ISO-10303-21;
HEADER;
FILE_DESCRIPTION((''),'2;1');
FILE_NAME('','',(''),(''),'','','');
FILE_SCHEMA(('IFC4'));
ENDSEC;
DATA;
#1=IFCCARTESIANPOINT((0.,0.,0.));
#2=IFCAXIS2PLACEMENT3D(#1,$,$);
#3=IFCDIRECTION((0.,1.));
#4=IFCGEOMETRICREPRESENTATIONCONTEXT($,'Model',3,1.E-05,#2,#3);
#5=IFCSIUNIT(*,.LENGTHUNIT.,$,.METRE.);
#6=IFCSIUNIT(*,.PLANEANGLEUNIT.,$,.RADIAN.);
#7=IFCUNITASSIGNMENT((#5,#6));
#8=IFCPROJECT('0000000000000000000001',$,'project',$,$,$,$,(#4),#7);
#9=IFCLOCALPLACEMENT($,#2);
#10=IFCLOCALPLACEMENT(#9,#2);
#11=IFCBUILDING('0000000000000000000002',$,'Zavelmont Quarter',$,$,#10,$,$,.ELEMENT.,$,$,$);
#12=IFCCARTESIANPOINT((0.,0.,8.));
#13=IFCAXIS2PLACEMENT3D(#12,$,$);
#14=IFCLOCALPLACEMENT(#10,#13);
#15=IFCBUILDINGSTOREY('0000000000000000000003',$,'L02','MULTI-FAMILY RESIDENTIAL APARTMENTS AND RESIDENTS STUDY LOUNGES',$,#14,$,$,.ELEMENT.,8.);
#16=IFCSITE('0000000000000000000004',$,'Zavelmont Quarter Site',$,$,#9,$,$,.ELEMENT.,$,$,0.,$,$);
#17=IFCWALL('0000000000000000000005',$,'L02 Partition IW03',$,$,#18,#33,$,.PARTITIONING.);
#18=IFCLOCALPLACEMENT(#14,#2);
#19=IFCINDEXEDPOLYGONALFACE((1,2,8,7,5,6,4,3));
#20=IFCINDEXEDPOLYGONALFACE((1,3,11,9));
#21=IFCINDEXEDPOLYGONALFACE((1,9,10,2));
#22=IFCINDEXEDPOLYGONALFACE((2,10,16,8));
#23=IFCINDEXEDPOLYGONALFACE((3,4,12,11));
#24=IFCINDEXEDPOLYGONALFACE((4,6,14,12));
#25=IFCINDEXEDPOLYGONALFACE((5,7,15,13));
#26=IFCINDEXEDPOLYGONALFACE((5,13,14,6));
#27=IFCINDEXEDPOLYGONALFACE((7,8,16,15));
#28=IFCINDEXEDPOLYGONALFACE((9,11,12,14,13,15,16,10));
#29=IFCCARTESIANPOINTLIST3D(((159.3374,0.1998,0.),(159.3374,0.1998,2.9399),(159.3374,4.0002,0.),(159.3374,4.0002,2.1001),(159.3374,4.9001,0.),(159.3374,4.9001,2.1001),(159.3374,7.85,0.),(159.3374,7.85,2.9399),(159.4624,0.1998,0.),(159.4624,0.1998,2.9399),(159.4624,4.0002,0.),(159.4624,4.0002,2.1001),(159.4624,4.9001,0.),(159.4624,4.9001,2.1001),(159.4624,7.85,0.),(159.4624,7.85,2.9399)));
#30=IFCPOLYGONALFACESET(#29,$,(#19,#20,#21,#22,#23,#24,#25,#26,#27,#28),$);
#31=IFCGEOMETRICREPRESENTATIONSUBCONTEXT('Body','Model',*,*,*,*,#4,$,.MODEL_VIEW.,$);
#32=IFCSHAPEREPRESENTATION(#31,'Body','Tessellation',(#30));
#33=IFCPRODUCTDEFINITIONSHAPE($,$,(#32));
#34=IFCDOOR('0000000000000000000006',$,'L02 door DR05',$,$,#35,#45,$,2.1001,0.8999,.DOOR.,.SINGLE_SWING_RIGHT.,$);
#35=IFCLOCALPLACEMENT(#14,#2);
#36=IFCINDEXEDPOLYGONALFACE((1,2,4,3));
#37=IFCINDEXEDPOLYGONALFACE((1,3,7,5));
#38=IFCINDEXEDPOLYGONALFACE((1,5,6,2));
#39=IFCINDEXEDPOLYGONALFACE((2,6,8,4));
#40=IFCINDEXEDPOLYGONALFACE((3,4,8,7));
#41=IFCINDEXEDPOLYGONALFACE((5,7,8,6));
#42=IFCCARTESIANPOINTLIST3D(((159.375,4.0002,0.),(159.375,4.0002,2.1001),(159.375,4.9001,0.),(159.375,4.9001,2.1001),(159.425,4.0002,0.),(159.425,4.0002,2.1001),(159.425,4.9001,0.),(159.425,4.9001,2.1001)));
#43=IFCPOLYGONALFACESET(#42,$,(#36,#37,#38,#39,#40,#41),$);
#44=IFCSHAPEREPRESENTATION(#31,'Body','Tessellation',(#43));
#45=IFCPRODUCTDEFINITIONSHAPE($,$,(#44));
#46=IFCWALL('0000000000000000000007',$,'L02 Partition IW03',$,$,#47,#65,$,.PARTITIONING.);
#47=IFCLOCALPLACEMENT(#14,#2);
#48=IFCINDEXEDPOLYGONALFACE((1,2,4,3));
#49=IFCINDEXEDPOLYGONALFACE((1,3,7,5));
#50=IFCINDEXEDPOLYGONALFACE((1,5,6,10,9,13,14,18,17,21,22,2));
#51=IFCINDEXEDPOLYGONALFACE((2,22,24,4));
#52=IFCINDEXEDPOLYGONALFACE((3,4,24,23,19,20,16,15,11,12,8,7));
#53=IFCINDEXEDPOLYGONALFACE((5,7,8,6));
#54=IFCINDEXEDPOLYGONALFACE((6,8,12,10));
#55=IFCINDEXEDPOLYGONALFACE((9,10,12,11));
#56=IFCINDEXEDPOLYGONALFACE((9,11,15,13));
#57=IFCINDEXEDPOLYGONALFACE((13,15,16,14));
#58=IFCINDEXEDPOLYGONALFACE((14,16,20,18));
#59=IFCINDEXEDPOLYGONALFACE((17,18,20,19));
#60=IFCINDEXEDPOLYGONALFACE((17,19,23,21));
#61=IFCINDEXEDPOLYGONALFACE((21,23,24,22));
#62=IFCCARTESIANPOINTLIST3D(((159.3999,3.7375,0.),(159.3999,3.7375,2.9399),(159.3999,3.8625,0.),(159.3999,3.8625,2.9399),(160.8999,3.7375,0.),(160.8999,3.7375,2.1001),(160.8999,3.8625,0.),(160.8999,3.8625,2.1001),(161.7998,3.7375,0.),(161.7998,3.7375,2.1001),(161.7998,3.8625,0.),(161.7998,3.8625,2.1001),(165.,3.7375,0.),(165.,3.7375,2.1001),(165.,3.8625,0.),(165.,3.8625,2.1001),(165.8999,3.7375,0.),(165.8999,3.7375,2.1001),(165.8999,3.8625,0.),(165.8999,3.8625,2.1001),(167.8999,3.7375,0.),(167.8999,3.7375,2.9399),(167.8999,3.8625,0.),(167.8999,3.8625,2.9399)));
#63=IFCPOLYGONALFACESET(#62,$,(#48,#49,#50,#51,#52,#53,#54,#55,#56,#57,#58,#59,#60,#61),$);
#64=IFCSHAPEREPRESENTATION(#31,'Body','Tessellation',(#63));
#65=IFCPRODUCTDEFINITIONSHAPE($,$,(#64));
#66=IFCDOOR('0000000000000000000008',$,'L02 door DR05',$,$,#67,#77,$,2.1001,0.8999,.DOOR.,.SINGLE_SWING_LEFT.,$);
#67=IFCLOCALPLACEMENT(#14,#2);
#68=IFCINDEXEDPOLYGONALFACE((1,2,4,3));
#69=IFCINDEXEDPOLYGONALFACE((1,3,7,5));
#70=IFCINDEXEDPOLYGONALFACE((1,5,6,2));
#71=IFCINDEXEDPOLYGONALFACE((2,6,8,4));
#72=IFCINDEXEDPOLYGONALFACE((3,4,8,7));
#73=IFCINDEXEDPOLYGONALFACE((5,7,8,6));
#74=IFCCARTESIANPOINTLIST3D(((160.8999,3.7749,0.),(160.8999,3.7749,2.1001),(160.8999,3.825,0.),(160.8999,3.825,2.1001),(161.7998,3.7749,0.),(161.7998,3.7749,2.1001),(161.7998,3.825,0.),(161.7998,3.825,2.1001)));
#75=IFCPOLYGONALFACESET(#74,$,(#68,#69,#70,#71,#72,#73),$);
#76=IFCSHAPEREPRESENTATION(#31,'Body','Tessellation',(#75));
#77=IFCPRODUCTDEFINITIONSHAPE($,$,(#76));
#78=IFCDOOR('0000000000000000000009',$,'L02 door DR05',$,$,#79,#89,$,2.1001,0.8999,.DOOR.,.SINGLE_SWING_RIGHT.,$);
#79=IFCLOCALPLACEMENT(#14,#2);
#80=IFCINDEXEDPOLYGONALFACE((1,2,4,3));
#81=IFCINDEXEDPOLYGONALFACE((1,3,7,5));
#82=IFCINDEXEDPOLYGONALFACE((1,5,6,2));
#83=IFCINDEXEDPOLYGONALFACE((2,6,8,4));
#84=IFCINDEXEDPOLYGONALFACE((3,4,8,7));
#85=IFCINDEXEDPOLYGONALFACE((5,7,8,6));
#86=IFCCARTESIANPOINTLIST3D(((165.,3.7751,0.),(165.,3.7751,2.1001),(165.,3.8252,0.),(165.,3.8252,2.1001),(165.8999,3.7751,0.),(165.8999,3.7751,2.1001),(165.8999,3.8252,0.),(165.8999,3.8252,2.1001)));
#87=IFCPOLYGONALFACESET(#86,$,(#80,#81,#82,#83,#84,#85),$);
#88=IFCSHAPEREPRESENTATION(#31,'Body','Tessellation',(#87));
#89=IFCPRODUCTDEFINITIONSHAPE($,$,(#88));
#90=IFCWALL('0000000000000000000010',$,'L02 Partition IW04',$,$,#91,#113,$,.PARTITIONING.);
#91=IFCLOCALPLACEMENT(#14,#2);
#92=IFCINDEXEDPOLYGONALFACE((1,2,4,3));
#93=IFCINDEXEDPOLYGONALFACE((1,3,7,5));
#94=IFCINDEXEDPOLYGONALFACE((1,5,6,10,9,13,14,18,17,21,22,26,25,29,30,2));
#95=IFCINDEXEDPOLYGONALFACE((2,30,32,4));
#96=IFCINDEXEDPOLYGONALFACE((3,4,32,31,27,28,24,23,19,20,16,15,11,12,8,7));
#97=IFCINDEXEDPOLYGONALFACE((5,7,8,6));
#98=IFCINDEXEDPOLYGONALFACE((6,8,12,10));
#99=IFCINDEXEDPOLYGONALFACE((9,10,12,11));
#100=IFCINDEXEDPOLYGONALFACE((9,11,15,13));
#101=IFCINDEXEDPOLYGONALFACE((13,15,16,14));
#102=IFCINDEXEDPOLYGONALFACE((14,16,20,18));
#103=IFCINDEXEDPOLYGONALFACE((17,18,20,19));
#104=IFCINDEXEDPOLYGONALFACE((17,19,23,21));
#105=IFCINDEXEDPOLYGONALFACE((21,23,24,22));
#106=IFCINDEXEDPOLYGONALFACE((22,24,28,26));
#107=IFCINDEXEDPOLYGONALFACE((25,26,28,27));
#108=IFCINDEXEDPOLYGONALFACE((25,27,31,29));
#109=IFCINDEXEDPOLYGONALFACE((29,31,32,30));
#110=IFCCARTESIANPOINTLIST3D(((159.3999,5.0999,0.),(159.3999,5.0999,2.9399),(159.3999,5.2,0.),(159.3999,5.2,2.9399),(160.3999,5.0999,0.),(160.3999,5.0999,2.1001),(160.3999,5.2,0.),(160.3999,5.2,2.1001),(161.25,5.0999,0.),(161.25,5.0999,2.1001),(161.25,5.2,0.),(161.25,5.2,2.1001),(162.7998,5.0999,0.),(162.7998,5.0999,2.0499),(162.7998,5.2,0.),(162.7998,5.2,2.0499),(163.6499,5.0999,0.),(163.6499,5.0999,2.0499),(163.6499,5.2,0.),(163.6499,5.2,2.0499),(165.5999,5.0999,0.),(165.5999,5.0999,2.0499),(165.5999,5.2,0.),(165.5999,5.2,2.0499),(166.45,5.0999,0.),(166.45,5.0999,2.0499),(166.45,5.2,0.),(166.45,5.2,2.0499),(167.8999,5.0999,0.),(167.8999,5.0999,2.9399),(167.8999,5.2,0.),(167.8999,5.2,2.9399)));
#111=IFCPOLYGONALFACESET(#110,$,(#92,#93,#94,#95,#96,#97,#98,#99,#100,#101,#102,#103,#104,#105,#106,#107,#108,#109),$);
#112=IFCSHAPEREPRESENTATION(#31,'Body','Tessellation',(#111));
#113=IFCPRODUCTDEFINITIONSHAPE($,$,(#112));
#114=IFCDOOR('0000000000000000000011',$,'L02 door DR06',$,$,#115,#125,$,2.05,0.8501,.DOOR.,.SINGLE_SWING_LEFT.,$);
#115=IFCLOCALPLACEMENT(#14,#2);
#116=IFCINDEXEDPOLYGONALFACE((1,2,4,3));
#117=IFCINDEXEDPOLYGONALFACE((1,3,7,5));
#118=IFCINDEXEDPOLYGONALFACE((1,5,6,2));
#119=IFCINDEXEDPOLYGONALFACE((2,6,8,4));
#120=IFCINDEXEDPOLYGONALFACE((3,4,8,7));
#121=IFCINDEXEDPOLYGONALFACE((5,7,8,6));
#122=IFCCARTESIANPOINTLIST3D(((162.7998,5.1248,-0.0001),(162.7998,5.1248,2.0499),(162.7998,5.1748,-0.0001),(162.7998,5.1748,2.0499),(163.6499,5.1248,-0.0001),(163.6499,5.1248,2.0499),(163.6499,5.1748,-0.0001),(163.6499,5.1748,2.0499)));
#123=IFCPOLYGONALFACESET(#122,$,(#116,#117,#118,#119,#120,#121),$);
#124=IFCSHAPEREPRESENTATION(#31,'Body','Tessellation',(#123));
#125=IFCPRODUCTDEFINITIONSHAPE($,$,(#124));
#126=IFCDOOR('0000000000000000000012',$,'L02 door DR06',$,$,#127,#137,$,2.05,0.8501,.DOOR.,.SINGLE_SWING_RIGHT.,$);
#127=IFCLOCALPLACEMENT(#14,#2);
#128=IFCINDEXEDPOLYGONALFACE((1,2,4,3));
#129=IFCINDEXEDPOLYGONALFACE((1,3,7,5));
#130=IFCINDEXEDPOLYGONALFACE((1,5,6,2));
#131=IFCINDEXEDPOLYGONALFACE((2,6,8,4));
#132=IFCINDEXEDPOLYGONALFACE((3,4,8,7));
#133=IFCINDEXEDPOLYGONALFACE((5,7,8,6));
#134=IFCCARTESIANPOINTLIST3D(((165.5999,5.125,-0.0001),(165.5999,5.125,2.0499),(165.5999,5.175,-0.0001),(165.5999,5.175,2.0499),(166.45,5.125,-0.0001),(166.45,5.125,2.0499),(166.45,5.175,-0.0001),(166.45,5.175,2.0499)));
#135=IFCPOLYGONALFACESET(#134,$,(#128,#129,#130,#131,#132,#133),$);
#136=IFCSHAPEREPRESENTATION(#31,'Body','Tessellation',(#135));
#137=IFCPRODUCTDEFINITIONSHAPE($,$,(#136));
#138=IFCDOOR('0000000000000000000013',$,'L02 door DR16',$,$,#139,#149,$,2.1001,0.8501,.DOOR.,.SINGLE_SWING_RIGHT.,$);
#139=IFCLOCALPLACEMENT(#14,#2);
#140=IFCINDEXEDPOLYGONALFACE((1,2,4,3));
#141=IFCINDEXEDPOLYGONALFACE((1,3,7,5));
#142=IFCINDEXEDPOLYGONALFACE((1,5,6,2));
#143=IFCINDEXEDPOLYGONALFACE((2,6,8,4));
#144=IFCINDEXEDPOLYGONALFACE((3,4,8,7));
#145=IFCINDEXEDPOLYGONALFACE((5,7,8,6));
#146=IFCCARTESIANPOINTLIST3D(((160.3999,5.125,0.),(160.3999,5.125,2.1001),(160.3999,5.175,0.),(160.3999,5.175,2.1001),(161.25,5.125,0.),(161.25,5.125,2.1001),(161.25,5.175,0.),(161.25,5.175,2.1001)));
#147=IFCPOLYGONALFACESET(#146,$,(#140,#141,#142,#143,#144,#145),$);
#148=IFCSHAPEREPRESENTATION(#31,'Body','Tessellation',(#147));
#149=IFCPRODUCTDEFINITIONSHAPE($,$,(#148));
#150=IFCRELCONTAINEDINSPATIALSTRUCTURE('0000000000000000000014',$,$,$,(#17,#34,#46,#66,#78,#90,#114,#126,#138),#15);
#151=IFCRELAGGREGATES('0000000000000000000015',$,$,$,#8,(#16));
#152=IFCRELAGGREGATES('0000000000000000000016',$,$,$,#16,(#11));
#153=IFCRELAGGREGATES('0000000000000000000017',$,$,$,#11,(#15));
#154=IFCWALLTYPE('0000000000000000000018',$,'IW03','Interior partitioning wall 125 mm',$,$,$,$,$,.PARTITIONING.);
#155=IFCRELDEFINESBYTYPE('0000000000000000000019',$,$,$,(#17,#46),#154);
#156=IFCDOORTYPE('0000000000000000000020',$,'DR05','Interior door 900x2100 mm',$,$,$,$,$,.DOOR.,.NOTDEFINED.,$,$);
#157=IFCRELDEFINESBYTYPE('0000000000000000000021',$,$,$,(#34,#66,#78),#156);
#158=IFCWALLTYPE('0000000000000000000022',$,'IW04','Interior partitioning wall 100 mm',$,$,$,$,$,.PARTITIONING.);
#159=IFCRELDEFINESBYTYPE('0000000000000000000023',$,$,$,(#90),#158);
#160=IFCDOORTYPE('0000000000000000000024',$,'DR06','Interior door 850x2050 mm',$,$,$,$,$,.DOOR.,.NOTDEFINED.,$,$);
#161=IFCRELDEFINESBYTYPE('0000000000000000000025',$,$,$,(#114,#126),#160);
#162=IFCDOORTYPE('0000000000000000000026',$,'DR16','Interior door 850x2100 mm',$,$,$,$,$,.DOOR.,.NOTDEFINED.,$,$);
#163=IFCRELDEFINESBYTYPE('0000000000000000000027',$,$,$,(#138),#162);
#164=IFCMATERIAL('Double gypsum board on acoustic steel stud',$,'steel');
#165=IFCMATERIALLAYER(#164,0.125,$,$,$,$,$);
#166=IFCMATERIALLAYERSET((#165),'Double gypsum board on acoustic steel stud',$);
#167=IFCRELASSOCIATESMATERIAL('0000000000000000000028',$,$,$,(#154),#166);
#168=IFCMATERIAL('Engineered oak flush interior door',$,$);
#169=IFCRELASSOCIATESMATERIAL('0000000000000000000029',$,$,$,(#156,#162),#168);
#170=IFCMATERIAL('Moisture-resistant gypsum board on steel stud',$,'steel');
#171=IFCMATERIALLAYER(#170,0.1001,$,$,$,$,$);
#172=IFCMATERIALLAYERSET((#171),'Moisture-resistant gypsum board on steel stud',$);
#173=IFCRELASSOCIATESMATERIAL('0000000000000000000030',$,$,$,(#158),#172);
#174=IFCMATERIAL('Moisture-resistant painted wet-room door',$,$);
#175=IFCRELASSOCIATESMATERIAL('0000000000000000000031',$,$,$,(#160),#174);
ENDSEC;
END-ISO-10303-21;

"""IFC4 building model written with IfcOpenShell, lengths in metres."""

from ifc_helpers import new_model, si_unit, direction, frame, frame_2d, origin, origin_with_axes, place, context, subcontext, project, spatial, rectangle, extrude, material, layer, layer_set, type_object, element, fill, save


model = new_model("IFC4")

# Units and contexts
model_context = context("Model", 3, precision=1e-05, world=origin(), true_north=direction((0.0, 1.0)))
body_context = subcontext(model_context, "Body", "Model", "MODEL_VIEW")
ifc_project = project(units=[si_unit("LENGTHUNIT", "METRE"), si_unit("PLANEANGLEUNIT", "RADIAN")], contexts=[model_context])

# Site, building, storey
site_placement = place(None, origin())
site = spatial("IfcSite", under=ifc_project, at=site_placement, Name="Zavelmont Quarter Site", CompositionType="ELEMENT", RefElevation=0.0)
building_placement = place(site_placement, origin())
building = spatial("IfcBuilding", under=site, at=building_placement, Name="Zavelmont Quarter", CompositionType="ELEMENT")
storey_placement = place(building_placement, frame((0.0, 0.0, 8.0)))
storey = spatial("IfcBuildingStorey", under=building, at=storey_placement, Name="L02", Description="MULTI-FAMILY RESIDENTIAL APARTMENTS AND RESIDENTS STUDY LOUNGES", CompositionType="ELEMENT", Elevation=8.0)

# Wall, opening, door
ifc_material_1 = material(Name="Double gypsum board on acoustic steel stud", Category="steel")
ifc_layer_1 = layer(ifc_material_1, 0.125)
ifc_layer_set_1 = layer_set([ifc_layer_1], Name="Double gypsum board on acoustic steel stud")
wall_type_1 = type_object("IfcWallType", Name="IW03", Description="Interior partitioning wall 125 mm", PredefinedType="PARTITIONING", material=ifc_layer_set_1)
wall_1_placement = place(storey_placement, frame((159.3999, 7.8501, 0.0), z_axis=(0.0, 0.0, 1.0), x_axis=(0.0, -1.0, 0.0)))
wall_1 = element("IfcWall", 1, at=wall_1_placement, inside=storey, type_object=wall_type_1, Name="L02 Partition IW03", PredefinedType="PARTITIONING", context=body_context, shape_type="SweptSolid", body=[
    extrude(rectangle(XDim=7.6501, YDim=0.125, at=frame_2d((3.8252, 0.0))), origin(), (0.0, 0.0, 1.0), 2.9399),
])
opening_1_placement = place(wall_1_placement, frame((2.95, 0.0, 0.0)))
opening_1 = element("IfcOpeningElement", 2, at=opening_1_placement, cuts=wall_1, PredefinedType="OPENING", context=body_context, shape_type="SweptSolid", body=[
    extrude(rectangle(XDim=0.8999, YDim=2.1001, at=frame_2d((0.45, 1.05))), frame((0.0, 0.0745, 0.0), z_axis=(0.0, -1.0, 0.0), x_axis=(1.0, 0.0, 0.0)), (0.0, 0.0, 1.0), 0.1489),
])
ifc_material_2 = material(Name="Engineered oak flush interior door")
door_type_1 = type_object("IfcDoorType", Name="DR05", Description="Interior door 900x2100 mm", OperationType="NOTDEFINED", PredefinedType="DOOR", material=ifc_material_2)
door_1_placement = place(opening_1_placement, frame((0.8999, 0.0, 0.0), z_axis=(0.0, 0.0, 1.0), x_axis=(-1.0, 0.0, 0.0)))
door_1 = element("IfcDoor", 3, at=door_1_placement, inside=storey, type_object=door_type_1, Name="L02 door DR05", OperationType="SINGLE_SWING_RIGHT", OverallHeight=2.1001, OverallWidth=0.8999, PredefinedType="DOOR", context=body_context, shape_type="SweptSolid", body=[
    extrude(rectangle(XDim=0.8999, YDim=2.1001, at=frame_2d((0.45, 1.05))), frame((0.0, 0.0249, 0.0), z_axis=(0.0, -1.0, 0.0), x_axis=(1.0, 0.0, 0.0)), (0.0, 0.0, 1.0), 0.05),
])
fill(opening_1, door_1)

# Walls, openings, doors
wall_2_placement = place(storey_placement, frame((159.3999, 3.8, 0.0), z_axis=(0.0, 0.0, 1.0), x_axis=(1.0, 0.0, 0.0)))
wall_2 = element("IfcWall", 4, at=wall_2_placement, inside=storey, type_object=wall_type_1, Name="L02 Partition IW03", PredefinedType="PARTITIONING", context=body_context, shape_type="SweptSolid", body=[
    extrude(rectangle(XDim=8.5, YDim=0.125, at=frame_2d((4.25, 0.0))), origin(), (0.0, 0.0, 1.0), 2.9399),
])
opening_2_placement = place(wall_2_placement, frame((1.5, 0.0, 0.0)))
opening_2 = element("IfcOpeningElement", 5, at=opening_2_placement, cuts=wall_2, PredefinedType="OPENING", context=body_context, shape_type="SweptSolid", body=[
    extrude(rectangle(XDim=0.8999, YDim=2.1001, at=frame_2d((0.45, 1.05))), frame((0.0, 0.0745, 0.0), z_axis=(0.0, -1.0, 0.0), x_axis=(1.0, 0.0, 0.0)), (0.0, 0.0, 1.0), 0.1489),
])
opening_3_placement = place(wall_2_placement, frame((5.6001, 0.0, 0.0)))
opening_3 = element("IfcOpeningElement", 6, at=opening_3_placement, cuts=wall_2, PredefinedType="OPENING", context=body_context, shape_type="SweptSolid", body=[
    extrude(rectangle(XDim=0.8999, YDim=2.1001, at=frame_2d((0.45, 1.05))), frame((0.0, 0.0745, 0.0), z_axis=(0.0, -1.0, 0.0), x_axis=(1.0, 0.0, 0.0)), (0.0, 0.0, 1.0), 0.1489),
])
door_2_placement = place(opening_2_placement, origin_with_axes())
door_2 = element("IfcDoor", 7, at=door_2_placement, inside=storey, type_object=door_type_1, Name="L02 door DR05", OperationType="SINGLE_SWING_LEFT", OverallHeight=2.1001, OverallWidth=0.8999, PredefinedType="DOOR", context=body_context, shape_type="SweptSolid", body=[
    extrude(rectangle(XDim=0.8999, YDim=2.1001, at=frame_2d((0.45, 1.05))), frame((0.0, 0.0249, 0.0), z_axis=(0.0, -1.0, 0.0), x_axis=(1.0, 0.0, 0.0)), (0.0, 0.0, 1.0), 0.05),
])
fill(opening_2, door_2)
door_3_placement = place(opening_3_placement, frame((0.8999, 0.0, 0.0), z_axis=(0.0, 0.0, 1.0), x_axis=(-1.0, 0.0, 0.0)))
door_3 = element("IfcDoor", 8, at=door_3_placement, inside=storey, type_object=door_type_1, Name="L02 door DR05", OperationType="SINGLE_SWING_RIGHT", OverallHeight=2.1001, OverallWidth=0.8999, PredefinedType="DOOR", context=body_context, shape_type="SweptSolid", body=[
    extrude(rectangle(XDim=0.8999, YDim=2.1001, at=frame_2d((0.45, 1.05))), frame((0.0, 0.0249, 0.0), z_axis=(0.0, -1.0, 0.0), x_axis=(1.0, 0.0, 0.0)), (0.0, 0.0, 1.0), 0.05),
])
fill(opening_3, door_3)
ifc_material_3 = material(Name="Moisture-resistant gypsum board on steel stud", Category="steel")
ifc_layer_2 = layer(ifc_material_3, 0.1001)
ifc_layer_set_2 = layer_set([ifc_layer_2], Name="Moisture-resistant gypsum board on steel stud")
wall_type_2 = type_object("IfcWallType", Name="IW04", Description="Interior partitioning wall 100 mm", PredefinedType="PARTITIONING", material=ifc_layer_set_2)
wall_3_placement = place(storey_placement, frame((159.3999, 5.1499, 0.0), z_axis=(0.0, 0.0, 1.0), x_axis=(1.0, 0.0, 0.0)))
wall_3 = element("IfcWall", 9, at=wall_3_placement, inside=storey, type_object=wall_type_2, Name="L02 Partition IW04", PredefinedType="PARTITIONING", context=body_context, shape_type="SweptSolid", body=[
    extrude(rectangle(XDim=8.5, YDim=0.1001, at=frame_2d((4.25, 0.0))), origin(), (0.0, 0.0, 1.0), 2.9399),
])
opening_4_placement = place(wall_3_placement, frame((1.0, 0.0, 0.0)))
opening_4 = element("IfcOpeningElement", 10, at=opening_4_placement, cuts=wall_3, PredefinedType="OPENING", context=body_context, shape_type="SweptSolid", body=[
    extrude(rectangle(XDim=0.8501, YDim=2.1001, at=frame_2d((0.425, 1.05))), frame((0.0, 0.062, 0.0), z_axis=(0.0, -1.0, 0.0), x_axis=(1.0, 0.0, 0.0)), (0.0, 0.0, 1.0), 0.124),
])
opening_5_placement = place(wall_3_placement, frame((3.3999, 0.0, 0.0)))
opening_5 = element("IfcOpeningElement", 11, at=opening_5_placement, cuts=wall_3, PredefinedType="OPENING", context=body_context, shape_type="SweptSolid", body=[
    extrude(rectangle(XDim=0.8501, YDim=2.05, at=frame_2d((0.425, 1.0249))), frame((0.0, 0.062, 0.0), z_axis=(0.0, -1.0, 0.0), x_axis=(1.0, 0.0, 0.0)), (0.0, 0.0, 1.0), 0.124),
])
opening_6_placement = place(wall_3_placement, frame((6.2, 0.0, 0.0)))
opening_6 = element("IfcOpeningElement", 12, at=opening_6_placement, cuts=wall_3, PredefinedType="OPENING", context=body_context, shape_type="SweptSolid", body=[
    extrude(rectangle(XDim=0.8501, YDim=2.05, at=frame_2d((0.425, 1.0249))), frame((0.0, 0.062, 0.0), z_axis=(0.0, -1.0, 0.0), x_axis=(1.0, 0.0, 0.0)), (0.0, 0.0, 1.0), 0.124),
])
ifc_material_4 = material(Name="Moisture-resistant painted wet-room door")
door_type_2 = type_object("IfcDoorType", Name="DR06", Description="Interior door 850x2050 mm", OperationType="NOTDEFINED", PredefinedType="DOOR", material=ifc_material_4)
door_4_placement = place(opening_5_placement, origin_with_axes())
door_4 = element("IfcDoor", 13, at=door_4_placement, inside=storey, type_object=door_type_2, Name="L02 door DR06", OperationType="SINGLE_SWING_LEFT", OverallHeight=2.05, OverallWidth=0.8501, PredefinedType="DOOR", context=body_context, shape_type="SweptSolid", body=[
    extrude(rectangle(XDim=0.8501, YDim=2.05, at=frame_2d((0.425, 1.0249))), frame((0.0, 0.0249, 0.0), z_axis=(0.0, -1.0, 0.0), x_axis=(1.0, 0.0, 0.0)), (0.0, 0.0, 1.0), 0.05),
])
fill(opening_5, door_4)
door_5_placement = place(opening_6_placement, frame((0.8501, 0.0, 0.0), z_axis=(0.0, 0.0, 1.0), x_axis=(-1.0, 0.0, 0.0)))
door_5 = element("IfcDoor", 14, at=door_5_placement, inside=storey, type_object=door_type_2, Name="L02 door DR06", OperationType="SINGLE_SWING_RIGHT", OverallHeight=2.05, OverallWidth=0.8501, PredefinedType="DOOR", context=body_context, shape_type="SweptSolid", body=[
    extrude(rectangle(XDim=0.8501, YDim=2.05, at=frame_2d((0.425, 1.0249))), frame((0.0, 0.0249, 0.0), z_axis=(0.0, -1.0, 0.0), x_axis=(1.0, 0.0, 0.0)), (0.0, 0.0, 1.0), 0.05),
])
fill(opening_6, door_5)
door_type_3 = type_object("IfcDoorType", Name="DR16", Description="Interior door 850x2100 mm", OperationType="NOTDEFINED", PredefinedType="DOOR", material=ifc_material_2)
door_6_placement = place(opening_4_placement, frame((0.8501, 0.0, 0.0), z_axis=(0.0, 0.0, 1.0), x_axis=(-1.0, 0.0, 0.0)))
door_6 = element("IfcDoor", 15, at=door_6_placement, inside=storey, type_object=door_type_3, Name="L02 door DR16", OperationType="SINGLE_SWING_RIGHT", OverallHeight=2.1001, OverallWidth=0.8501, PredefinedType="DOOR", context=body_context, shape_type="SweptSolid", body=[
    extrude(rectangle(XDim=0.8501, YDim=2.1001, at=frame_2d((0.425, 1.05))), frame((0.0, 0.0249, 0.0), z_axis=(0.0, -1.0, 0.0), x_axis=(1.0, 0.0, 0.0)), (0.0, 0.0, 1.0), 0.05),
])
fill(opening_4, door_6)

save(model, "model.ifc")
